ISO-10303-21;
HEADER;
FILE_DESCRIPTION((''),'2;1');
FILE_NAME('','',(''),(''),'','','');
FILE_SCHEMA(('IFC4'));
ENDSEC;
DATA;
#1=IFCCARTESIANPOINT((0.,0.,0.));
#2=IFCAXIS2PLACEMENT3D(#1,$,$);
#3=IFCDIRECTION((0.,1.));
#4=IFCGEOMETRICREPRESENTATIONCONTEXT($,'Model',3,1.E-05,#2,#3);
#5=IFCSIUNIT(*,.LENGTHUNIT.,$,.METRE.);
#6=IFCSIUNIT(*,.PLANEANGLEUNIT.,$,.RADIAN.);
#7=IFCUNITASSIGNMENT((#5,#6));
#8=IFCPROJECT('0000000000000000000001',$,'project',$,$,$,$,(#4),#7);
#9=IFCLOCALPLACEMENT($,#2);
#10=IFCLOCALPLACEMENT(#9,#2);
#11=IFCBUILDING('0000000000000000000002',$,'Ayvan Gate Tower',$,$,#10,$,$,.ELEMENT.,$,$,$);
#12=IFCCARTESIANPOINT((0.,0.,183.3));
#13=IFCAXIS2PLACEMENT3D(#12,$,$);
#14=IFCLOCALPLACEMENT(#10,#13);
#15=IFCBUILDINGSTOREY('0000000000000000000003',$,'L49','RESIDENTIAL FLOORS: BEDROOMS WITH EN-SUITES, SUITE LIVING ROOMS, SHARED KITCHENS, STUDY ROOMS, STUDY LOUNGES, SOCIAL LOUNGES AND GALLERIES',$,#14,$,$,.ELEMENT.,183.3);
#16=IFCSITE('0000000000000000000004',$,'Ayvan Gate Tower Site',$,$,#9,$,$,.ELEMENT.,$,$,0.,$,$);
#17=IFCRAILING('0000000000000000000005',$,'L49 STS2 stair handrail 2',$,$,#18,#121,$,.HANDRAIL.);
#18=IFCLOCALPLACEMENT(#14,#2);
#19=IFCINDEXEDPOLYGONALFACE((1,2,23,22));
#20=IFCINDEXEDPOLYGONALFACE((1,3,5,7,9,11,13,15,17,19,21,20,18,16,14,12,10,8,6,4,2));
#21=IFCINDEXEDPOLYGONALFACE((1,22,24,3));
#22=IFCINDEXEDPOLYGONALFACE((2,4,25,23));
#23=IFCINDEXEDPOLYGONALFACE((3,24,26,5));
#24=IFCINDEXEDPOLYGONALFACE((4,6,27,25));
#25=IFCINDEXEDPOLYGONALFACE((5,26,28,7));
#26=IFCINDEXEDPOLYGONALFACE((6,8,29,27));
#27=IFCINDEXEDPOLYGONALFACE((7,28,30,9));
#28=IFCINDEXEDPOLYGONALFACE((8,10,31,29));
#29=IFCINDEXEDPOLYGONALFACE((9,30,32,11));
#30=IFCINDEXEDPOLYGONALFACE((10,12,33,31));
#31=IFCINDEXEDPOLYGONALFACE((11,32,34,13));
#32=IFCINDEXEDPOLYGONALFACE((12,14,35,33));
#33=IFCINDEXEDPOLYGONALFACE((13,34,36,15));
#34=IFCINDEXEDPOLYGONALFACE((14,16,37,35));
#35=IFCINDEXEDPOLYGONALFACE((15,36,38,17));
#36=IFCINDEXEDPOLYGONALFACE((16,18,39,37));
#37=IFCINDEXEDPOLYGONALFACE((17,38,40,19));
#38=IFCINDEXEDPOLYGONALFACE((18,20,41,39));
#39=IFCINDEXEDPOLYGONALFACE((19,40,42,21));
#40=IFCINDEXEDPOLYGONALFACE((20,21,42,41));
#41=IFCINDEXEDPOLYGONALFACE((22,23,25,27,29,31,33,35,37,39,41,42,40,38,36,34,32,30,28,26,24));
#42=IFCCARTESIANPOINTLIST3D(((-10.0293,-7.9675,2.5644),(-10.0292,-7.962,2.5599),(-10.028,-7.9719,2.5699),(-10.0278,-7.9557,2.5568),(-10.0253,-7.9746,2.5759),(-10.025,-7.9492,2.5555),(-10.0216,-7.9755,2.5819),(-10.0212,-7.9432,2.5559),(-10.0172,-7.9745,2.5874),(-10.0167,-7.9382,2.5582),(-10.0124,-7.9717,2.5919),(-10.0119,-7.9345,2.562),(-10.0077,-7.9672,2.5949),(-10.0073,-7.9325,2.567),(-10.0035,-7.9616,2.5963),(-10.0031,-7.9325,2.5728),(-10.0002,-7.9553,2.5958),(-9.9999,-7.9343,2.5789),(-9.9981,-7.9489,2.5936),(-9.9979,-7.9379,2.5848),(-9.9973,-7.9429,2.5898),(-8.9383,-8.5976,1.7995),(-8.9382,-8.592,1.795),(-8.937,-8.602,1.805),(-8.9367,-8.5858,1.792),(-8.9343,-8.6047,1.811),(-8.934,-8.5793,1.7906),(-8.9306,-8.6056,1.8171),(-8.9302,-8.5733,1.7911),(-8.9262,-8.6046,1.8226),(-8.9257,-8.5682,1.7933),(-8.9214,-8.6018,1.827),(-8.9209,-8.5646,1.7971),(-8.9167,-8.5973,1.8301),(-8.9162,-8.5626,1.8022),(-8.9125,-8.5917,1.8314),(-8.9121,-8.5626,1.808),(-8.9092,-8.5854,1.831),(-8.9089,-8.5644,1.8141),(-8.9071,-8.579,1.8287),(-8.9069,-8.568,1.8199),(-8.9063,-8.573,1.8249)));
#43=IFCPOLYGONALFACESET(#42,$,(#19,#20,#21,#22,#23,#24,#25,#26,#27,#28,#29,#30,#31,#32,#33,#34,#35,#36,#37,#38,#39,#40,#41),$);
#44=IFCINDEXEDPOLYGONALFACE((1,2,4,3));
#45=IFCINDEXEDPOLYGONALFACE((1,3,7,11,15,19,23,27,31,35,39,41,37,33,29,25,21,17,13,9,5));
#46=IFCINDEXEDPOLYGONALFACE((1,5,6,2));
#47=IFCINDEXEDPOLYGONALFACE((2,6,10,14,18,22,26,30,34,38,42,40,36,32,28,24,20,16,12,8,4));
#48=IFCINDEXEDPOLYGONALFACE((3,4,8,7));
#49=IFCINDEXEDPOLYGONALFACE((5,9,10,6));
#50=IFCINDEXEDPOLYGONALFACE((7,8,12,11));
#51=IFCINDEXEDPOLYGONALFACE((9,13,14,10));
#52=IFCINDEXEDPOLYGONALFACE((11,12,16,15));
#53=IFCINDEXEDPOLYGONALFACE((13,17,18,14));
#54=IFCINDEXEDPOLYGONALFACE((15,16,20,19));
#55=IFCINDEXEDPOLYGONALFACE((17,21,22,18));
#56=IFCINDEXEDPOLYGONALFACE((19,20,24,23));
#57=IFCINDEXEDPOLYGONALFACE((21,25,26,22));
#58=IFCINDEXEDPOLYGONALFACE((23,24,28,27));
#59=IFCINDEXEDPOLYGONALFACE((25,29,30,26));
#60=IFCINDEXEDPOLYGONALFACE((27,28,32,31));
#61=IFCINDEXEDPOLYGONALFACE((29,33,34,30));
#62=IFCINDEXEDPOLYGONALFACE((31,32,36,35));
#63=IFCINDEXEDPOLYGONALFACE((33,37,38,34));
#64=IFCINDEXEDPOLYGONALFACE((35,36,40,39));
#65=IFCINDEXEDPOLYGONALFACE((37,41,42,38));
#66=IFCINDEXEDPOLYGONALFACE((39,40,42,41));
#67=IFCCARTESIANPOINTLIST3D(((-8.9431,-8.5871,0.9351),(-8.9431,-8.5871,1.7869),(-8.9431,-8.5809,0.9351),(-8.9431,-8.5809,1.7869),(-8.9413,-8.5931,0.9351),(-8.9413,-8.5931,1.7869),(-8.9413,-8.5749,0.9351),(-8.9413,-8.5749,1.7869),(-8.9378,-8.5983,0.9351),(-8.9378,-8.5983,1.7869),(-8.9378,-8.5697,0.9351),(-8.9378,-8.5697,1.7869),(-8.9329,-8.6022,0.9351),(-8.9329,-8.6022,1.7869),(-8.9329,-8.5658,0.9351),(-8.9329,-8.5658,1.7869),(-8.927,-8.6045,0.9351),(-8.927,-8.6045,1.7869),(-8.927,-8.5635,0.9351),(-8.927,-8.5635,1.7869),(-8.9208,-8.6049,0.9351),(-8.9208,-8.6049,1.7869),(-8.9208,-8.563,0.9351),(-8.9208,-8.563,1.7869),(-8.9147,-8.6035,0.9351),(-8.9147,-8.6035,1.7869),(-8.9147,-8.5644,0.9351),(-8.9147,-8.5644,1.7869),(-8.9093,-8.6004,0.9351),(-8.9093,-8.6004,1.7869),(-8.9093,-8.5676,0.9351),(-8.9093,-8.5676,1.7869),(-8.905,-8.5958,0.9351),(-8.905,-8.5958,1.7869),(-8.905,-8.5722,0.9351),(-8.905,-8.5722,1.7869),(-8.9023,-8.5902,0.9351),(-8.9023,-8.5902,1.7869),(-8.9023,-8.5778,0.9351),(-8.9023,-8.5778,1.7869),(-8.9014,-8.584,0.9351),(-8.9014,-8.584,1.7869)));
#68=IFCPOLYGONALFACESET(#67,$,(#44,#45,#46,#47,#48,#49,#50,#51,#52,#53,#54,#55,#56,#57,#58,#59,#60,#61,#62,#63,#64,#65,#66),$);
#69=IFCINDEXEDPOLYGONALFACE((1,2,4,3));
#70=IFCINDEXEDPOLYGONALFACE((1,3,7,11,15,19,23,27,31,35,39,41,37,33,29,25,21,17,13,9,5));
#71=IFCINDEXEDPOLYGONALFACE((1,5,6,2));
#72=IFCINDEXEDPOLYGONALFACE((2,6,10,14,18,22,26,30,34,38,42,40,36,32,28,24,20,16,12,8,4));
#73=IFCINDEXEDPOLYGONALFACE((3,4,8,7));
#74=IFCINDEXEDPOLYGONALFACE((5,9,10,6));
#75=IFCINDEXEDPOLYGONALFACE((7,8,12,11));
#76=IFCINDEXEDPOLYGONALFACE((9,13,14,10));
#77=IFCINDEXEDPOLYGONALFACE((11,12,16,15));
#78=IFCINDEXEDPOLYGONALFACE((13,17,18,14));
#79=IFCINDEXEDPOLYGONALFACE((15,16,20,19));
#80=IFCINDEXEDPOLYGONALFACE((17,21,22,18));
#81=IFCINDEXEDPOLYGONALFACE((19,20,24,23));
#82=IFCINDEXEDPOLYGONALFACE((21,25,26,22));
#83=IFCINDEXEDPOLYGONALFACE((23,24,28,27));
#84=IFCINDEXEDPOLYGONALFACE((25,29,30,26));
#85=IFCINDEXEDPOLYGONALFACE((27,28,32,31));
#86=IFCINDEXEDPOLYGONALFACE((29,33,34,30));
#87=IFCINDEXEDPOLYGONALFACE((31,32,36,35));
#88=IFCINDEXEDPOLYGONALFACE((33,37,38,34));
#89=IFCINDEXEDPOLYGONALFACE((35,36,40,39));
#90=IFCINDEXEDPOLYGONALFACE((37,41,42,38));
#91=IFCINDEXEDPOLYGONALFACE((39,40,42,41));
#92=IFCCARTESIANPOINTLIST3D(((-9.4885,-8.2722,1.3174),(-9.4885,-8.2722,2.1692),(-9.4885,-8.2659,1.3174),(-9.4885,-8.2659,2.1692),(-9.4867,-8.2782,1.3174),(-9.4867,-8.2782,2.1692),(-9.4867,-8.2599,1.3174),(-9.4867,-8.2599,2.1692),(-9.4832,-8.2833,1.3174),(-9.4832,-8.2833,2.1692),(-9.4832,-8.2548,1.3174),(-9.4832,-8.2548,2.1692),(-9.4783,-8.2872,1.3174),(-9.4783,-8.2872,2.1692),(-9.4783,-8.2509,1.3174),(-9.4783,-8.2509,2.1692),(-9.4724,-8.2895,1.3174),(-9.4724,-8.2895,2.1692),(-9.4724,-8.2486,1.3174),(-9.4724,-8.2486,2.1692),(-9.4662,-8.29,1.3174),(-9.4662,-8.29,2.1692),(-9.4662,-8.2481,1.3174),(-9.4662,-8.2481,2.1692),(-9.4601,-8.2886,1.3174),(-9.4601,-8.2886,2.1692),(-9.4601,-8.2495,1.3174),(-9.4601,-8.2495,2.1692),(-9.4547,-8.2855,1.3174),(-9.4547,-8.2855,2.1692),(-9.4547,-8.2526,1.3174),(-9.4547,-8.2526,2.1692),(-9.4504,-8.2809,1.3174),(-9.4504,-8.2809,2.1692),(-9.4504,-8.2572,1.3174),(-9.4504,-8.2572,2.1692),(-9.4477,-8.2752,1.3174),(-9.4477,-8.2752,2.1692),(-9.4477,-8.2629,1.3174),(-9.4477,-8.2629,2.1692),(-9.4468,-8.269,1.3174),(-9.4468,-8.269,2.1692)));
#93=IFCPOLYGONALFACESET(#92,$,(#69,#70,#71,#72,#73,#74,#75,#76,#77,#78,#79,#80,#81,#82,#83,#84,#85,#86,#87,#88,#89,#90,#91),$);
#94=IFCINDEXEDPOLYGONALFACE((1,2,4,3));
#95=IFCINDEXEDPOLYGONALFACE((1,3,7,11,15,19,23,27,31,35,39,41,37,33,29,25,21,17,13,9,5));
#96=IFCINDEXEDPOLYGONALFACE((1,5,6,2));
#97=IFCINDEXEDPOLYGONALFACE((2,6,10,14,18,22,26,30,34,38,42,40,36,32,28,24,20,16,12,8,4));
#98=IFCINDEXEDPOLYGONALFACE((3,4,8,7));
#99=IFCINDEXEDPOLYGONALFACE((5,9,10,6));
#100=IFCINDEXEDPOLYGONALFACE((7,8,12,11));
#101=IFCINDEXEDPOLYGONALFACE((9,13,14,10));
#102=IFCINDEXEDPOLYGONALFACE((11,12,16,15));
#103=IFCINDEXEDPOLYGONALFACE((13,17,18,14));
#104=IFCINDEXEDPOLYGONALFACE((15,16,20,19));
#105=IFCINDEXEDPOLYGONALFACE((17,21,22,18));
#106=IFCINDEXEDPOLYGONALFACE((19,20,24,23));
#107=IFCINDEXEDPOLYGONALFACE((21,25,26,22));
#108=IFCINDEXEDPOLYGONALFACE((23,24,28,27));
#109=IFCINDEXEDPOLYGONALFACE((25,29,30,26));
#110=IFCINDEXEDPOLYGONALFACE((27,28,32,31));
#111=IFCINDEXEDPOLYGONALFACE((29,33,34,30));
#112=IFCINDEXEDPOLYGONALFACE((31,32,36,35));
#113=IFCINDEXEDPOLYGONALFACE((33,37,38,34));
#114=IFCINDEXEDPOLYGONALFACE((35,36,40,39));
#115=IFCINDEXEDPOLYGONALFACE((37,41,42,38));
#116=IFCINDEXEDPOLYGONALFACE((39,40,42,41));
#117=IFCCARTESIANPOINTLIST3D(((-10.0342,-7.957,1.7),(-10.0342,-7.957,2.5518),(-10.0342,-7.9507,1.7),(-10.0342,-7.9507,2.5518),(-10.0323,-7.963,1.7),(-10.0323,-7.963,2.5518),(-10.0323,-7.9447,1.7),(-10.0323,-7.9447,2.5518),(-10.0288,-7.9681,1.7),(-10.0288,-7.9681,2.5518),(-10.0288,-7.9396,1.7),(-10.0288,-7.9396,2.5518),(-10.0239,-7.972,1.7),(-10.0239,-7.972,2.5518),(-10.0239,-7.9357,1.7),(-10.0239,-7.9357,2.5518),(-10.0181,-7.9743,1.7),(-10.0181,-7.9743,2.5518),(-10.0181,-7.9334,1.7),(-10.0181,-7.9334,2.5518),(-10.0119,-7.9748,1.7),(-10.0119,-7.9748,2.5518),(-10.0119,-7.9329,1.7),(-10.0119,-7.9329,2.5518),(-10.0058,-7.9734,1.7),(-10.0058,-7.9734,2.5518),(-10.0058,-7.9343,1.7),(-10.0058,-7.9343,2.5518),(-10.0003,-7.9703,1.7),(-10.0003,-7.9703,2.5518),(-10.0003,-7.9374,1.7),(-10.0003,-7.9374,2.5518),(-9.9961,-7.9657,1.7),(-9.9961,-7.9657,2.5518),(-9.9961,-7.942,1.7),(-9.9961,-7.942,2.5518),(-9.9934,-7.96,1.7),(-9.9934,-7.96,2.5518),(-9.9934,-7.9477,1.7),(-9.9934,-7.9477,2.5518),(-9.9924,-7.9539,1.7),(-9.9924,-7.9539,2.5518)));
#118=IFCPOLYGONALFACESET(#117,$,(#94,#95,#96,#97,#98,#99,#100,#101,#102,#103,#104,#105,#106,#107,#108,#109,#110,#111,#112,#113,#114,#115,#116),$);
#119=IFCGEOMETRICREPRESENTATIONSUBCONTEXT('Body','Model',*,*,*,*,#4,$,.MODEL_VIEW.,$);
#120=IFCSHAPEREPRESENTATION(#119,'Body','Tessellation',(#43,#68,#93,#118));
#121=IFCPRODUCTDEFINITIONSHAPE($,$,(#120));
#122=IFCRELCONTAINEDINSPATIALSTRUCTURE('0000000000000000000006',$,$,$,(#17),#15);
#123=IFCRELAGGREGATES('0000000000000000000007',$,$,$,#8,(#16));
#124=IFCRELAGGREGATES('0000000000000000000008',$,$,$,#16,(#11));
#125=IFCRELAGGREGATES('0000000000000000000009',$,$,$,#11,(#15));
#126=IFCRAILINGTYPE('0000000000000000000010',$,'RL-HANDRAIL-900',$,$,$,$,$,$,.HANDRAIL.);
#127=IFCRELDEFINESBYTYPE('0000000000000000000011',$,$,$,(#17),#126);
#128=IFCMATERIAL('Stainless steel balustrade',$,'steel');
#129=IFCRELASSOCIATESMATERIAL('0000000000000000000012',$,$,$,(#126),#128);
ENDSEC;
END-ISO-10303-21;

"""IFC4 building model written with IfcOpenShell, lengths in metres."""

from ifc_helpers import new_model, si_unit, direction, frame, origin, origin_2d, place, context, subcontext, project, spatial, circle, extrude, material, type_object, element, save


model = new_model("IFC4")

# Units and contexts
model_context = context("Model", 3, precision=1e-05, world=origin(), true_north=direction((0.0, 1.0)))
body_context = subcontext(model_context, "Body", "Model", "MODEL_VIEW")
ifc_project = project(units=[si_unit("LENGTHUNIT", "METRE"), si_unit("PLANEANGLEUNIT", "RADIAN")], contexts=[model_context])

# Site, building, storey
site_placement = place(None, origin())
site = spatial("IfcSite", under=ifc_project, at=site_placement, Name="Ayvan Gate Tower Site", CompositionType="ELEMENT", RefElevation=0.0)
building_placement = place(site_placement, origin())
building = spatial("IfcBuilding", under=site, at=building_placement, Name="Ayvan Gate Tower", CompositionType="ELEMENT")
storey_placement = place(building_placement, frame((0.0, 0.0, 183.3)))
storey = spatial("IfcBuildingStorey", under=building, at=storey_placement, Name="L49", Description="RESIDENTIAL FLOORS: BEDROOMS WITH EN-SUITES, SUITE LIVING ROOMS, SHARED KITCHENS, STUDY ROOMS, STUDY LOUNGES, SOCIAL LOUNGES AND GALLERIES", CompositionType="ELEMENT", Elevation=183.3)

# Railing
ifc_material_1 = material(Name="Stainless steel balustrade", Category="steel")
railing_type_1 = type_object("IfcRailingType", Name="RL-HANDRAIL-900", PredefinedType="HANDRAIL", material=ifc_material_1)
railing_1_placement = place(storey_placement, frame((-8.9224, -8.584, 0.9351)))
element("IfcRailing", 1, at=railing_1_placement, inside=storey, type_object=railing_type_1, Name="L49 STS2 stair handrail 2", PredefinedType="HANDRAIL", context=body_context, shape_type="SweptSolid", body=[
    extrude(circle(Radius=0.0239, at=origin_2d()), frame((0.0, 0.0, 0.876), z_axis=(-0.740229, 0.427508, 0.518939), x_axis=(-0.500119, -0.865956, 0.0)), (0.0, 0.0, 1.0), 1.4739),
    extrude(circle(Radius=0.021, at=origin_2d()), origin(), (0.0, 0.0, 1.0), 0.8518),
    extrude(circle(Radius=0.021, at=origin_2d()), frame((-0.5454, 0.3149, 0.3823)), (0.0, 0.0, 1.0), 0.8518),
    extrude(circle(Radius=0.021, at=origin_2d()), frame((-1.0911, 0.6301, 0.7649)), (0.0, 0.0, 1.0), 0.8518),
])

save(model, "model.ifc")
